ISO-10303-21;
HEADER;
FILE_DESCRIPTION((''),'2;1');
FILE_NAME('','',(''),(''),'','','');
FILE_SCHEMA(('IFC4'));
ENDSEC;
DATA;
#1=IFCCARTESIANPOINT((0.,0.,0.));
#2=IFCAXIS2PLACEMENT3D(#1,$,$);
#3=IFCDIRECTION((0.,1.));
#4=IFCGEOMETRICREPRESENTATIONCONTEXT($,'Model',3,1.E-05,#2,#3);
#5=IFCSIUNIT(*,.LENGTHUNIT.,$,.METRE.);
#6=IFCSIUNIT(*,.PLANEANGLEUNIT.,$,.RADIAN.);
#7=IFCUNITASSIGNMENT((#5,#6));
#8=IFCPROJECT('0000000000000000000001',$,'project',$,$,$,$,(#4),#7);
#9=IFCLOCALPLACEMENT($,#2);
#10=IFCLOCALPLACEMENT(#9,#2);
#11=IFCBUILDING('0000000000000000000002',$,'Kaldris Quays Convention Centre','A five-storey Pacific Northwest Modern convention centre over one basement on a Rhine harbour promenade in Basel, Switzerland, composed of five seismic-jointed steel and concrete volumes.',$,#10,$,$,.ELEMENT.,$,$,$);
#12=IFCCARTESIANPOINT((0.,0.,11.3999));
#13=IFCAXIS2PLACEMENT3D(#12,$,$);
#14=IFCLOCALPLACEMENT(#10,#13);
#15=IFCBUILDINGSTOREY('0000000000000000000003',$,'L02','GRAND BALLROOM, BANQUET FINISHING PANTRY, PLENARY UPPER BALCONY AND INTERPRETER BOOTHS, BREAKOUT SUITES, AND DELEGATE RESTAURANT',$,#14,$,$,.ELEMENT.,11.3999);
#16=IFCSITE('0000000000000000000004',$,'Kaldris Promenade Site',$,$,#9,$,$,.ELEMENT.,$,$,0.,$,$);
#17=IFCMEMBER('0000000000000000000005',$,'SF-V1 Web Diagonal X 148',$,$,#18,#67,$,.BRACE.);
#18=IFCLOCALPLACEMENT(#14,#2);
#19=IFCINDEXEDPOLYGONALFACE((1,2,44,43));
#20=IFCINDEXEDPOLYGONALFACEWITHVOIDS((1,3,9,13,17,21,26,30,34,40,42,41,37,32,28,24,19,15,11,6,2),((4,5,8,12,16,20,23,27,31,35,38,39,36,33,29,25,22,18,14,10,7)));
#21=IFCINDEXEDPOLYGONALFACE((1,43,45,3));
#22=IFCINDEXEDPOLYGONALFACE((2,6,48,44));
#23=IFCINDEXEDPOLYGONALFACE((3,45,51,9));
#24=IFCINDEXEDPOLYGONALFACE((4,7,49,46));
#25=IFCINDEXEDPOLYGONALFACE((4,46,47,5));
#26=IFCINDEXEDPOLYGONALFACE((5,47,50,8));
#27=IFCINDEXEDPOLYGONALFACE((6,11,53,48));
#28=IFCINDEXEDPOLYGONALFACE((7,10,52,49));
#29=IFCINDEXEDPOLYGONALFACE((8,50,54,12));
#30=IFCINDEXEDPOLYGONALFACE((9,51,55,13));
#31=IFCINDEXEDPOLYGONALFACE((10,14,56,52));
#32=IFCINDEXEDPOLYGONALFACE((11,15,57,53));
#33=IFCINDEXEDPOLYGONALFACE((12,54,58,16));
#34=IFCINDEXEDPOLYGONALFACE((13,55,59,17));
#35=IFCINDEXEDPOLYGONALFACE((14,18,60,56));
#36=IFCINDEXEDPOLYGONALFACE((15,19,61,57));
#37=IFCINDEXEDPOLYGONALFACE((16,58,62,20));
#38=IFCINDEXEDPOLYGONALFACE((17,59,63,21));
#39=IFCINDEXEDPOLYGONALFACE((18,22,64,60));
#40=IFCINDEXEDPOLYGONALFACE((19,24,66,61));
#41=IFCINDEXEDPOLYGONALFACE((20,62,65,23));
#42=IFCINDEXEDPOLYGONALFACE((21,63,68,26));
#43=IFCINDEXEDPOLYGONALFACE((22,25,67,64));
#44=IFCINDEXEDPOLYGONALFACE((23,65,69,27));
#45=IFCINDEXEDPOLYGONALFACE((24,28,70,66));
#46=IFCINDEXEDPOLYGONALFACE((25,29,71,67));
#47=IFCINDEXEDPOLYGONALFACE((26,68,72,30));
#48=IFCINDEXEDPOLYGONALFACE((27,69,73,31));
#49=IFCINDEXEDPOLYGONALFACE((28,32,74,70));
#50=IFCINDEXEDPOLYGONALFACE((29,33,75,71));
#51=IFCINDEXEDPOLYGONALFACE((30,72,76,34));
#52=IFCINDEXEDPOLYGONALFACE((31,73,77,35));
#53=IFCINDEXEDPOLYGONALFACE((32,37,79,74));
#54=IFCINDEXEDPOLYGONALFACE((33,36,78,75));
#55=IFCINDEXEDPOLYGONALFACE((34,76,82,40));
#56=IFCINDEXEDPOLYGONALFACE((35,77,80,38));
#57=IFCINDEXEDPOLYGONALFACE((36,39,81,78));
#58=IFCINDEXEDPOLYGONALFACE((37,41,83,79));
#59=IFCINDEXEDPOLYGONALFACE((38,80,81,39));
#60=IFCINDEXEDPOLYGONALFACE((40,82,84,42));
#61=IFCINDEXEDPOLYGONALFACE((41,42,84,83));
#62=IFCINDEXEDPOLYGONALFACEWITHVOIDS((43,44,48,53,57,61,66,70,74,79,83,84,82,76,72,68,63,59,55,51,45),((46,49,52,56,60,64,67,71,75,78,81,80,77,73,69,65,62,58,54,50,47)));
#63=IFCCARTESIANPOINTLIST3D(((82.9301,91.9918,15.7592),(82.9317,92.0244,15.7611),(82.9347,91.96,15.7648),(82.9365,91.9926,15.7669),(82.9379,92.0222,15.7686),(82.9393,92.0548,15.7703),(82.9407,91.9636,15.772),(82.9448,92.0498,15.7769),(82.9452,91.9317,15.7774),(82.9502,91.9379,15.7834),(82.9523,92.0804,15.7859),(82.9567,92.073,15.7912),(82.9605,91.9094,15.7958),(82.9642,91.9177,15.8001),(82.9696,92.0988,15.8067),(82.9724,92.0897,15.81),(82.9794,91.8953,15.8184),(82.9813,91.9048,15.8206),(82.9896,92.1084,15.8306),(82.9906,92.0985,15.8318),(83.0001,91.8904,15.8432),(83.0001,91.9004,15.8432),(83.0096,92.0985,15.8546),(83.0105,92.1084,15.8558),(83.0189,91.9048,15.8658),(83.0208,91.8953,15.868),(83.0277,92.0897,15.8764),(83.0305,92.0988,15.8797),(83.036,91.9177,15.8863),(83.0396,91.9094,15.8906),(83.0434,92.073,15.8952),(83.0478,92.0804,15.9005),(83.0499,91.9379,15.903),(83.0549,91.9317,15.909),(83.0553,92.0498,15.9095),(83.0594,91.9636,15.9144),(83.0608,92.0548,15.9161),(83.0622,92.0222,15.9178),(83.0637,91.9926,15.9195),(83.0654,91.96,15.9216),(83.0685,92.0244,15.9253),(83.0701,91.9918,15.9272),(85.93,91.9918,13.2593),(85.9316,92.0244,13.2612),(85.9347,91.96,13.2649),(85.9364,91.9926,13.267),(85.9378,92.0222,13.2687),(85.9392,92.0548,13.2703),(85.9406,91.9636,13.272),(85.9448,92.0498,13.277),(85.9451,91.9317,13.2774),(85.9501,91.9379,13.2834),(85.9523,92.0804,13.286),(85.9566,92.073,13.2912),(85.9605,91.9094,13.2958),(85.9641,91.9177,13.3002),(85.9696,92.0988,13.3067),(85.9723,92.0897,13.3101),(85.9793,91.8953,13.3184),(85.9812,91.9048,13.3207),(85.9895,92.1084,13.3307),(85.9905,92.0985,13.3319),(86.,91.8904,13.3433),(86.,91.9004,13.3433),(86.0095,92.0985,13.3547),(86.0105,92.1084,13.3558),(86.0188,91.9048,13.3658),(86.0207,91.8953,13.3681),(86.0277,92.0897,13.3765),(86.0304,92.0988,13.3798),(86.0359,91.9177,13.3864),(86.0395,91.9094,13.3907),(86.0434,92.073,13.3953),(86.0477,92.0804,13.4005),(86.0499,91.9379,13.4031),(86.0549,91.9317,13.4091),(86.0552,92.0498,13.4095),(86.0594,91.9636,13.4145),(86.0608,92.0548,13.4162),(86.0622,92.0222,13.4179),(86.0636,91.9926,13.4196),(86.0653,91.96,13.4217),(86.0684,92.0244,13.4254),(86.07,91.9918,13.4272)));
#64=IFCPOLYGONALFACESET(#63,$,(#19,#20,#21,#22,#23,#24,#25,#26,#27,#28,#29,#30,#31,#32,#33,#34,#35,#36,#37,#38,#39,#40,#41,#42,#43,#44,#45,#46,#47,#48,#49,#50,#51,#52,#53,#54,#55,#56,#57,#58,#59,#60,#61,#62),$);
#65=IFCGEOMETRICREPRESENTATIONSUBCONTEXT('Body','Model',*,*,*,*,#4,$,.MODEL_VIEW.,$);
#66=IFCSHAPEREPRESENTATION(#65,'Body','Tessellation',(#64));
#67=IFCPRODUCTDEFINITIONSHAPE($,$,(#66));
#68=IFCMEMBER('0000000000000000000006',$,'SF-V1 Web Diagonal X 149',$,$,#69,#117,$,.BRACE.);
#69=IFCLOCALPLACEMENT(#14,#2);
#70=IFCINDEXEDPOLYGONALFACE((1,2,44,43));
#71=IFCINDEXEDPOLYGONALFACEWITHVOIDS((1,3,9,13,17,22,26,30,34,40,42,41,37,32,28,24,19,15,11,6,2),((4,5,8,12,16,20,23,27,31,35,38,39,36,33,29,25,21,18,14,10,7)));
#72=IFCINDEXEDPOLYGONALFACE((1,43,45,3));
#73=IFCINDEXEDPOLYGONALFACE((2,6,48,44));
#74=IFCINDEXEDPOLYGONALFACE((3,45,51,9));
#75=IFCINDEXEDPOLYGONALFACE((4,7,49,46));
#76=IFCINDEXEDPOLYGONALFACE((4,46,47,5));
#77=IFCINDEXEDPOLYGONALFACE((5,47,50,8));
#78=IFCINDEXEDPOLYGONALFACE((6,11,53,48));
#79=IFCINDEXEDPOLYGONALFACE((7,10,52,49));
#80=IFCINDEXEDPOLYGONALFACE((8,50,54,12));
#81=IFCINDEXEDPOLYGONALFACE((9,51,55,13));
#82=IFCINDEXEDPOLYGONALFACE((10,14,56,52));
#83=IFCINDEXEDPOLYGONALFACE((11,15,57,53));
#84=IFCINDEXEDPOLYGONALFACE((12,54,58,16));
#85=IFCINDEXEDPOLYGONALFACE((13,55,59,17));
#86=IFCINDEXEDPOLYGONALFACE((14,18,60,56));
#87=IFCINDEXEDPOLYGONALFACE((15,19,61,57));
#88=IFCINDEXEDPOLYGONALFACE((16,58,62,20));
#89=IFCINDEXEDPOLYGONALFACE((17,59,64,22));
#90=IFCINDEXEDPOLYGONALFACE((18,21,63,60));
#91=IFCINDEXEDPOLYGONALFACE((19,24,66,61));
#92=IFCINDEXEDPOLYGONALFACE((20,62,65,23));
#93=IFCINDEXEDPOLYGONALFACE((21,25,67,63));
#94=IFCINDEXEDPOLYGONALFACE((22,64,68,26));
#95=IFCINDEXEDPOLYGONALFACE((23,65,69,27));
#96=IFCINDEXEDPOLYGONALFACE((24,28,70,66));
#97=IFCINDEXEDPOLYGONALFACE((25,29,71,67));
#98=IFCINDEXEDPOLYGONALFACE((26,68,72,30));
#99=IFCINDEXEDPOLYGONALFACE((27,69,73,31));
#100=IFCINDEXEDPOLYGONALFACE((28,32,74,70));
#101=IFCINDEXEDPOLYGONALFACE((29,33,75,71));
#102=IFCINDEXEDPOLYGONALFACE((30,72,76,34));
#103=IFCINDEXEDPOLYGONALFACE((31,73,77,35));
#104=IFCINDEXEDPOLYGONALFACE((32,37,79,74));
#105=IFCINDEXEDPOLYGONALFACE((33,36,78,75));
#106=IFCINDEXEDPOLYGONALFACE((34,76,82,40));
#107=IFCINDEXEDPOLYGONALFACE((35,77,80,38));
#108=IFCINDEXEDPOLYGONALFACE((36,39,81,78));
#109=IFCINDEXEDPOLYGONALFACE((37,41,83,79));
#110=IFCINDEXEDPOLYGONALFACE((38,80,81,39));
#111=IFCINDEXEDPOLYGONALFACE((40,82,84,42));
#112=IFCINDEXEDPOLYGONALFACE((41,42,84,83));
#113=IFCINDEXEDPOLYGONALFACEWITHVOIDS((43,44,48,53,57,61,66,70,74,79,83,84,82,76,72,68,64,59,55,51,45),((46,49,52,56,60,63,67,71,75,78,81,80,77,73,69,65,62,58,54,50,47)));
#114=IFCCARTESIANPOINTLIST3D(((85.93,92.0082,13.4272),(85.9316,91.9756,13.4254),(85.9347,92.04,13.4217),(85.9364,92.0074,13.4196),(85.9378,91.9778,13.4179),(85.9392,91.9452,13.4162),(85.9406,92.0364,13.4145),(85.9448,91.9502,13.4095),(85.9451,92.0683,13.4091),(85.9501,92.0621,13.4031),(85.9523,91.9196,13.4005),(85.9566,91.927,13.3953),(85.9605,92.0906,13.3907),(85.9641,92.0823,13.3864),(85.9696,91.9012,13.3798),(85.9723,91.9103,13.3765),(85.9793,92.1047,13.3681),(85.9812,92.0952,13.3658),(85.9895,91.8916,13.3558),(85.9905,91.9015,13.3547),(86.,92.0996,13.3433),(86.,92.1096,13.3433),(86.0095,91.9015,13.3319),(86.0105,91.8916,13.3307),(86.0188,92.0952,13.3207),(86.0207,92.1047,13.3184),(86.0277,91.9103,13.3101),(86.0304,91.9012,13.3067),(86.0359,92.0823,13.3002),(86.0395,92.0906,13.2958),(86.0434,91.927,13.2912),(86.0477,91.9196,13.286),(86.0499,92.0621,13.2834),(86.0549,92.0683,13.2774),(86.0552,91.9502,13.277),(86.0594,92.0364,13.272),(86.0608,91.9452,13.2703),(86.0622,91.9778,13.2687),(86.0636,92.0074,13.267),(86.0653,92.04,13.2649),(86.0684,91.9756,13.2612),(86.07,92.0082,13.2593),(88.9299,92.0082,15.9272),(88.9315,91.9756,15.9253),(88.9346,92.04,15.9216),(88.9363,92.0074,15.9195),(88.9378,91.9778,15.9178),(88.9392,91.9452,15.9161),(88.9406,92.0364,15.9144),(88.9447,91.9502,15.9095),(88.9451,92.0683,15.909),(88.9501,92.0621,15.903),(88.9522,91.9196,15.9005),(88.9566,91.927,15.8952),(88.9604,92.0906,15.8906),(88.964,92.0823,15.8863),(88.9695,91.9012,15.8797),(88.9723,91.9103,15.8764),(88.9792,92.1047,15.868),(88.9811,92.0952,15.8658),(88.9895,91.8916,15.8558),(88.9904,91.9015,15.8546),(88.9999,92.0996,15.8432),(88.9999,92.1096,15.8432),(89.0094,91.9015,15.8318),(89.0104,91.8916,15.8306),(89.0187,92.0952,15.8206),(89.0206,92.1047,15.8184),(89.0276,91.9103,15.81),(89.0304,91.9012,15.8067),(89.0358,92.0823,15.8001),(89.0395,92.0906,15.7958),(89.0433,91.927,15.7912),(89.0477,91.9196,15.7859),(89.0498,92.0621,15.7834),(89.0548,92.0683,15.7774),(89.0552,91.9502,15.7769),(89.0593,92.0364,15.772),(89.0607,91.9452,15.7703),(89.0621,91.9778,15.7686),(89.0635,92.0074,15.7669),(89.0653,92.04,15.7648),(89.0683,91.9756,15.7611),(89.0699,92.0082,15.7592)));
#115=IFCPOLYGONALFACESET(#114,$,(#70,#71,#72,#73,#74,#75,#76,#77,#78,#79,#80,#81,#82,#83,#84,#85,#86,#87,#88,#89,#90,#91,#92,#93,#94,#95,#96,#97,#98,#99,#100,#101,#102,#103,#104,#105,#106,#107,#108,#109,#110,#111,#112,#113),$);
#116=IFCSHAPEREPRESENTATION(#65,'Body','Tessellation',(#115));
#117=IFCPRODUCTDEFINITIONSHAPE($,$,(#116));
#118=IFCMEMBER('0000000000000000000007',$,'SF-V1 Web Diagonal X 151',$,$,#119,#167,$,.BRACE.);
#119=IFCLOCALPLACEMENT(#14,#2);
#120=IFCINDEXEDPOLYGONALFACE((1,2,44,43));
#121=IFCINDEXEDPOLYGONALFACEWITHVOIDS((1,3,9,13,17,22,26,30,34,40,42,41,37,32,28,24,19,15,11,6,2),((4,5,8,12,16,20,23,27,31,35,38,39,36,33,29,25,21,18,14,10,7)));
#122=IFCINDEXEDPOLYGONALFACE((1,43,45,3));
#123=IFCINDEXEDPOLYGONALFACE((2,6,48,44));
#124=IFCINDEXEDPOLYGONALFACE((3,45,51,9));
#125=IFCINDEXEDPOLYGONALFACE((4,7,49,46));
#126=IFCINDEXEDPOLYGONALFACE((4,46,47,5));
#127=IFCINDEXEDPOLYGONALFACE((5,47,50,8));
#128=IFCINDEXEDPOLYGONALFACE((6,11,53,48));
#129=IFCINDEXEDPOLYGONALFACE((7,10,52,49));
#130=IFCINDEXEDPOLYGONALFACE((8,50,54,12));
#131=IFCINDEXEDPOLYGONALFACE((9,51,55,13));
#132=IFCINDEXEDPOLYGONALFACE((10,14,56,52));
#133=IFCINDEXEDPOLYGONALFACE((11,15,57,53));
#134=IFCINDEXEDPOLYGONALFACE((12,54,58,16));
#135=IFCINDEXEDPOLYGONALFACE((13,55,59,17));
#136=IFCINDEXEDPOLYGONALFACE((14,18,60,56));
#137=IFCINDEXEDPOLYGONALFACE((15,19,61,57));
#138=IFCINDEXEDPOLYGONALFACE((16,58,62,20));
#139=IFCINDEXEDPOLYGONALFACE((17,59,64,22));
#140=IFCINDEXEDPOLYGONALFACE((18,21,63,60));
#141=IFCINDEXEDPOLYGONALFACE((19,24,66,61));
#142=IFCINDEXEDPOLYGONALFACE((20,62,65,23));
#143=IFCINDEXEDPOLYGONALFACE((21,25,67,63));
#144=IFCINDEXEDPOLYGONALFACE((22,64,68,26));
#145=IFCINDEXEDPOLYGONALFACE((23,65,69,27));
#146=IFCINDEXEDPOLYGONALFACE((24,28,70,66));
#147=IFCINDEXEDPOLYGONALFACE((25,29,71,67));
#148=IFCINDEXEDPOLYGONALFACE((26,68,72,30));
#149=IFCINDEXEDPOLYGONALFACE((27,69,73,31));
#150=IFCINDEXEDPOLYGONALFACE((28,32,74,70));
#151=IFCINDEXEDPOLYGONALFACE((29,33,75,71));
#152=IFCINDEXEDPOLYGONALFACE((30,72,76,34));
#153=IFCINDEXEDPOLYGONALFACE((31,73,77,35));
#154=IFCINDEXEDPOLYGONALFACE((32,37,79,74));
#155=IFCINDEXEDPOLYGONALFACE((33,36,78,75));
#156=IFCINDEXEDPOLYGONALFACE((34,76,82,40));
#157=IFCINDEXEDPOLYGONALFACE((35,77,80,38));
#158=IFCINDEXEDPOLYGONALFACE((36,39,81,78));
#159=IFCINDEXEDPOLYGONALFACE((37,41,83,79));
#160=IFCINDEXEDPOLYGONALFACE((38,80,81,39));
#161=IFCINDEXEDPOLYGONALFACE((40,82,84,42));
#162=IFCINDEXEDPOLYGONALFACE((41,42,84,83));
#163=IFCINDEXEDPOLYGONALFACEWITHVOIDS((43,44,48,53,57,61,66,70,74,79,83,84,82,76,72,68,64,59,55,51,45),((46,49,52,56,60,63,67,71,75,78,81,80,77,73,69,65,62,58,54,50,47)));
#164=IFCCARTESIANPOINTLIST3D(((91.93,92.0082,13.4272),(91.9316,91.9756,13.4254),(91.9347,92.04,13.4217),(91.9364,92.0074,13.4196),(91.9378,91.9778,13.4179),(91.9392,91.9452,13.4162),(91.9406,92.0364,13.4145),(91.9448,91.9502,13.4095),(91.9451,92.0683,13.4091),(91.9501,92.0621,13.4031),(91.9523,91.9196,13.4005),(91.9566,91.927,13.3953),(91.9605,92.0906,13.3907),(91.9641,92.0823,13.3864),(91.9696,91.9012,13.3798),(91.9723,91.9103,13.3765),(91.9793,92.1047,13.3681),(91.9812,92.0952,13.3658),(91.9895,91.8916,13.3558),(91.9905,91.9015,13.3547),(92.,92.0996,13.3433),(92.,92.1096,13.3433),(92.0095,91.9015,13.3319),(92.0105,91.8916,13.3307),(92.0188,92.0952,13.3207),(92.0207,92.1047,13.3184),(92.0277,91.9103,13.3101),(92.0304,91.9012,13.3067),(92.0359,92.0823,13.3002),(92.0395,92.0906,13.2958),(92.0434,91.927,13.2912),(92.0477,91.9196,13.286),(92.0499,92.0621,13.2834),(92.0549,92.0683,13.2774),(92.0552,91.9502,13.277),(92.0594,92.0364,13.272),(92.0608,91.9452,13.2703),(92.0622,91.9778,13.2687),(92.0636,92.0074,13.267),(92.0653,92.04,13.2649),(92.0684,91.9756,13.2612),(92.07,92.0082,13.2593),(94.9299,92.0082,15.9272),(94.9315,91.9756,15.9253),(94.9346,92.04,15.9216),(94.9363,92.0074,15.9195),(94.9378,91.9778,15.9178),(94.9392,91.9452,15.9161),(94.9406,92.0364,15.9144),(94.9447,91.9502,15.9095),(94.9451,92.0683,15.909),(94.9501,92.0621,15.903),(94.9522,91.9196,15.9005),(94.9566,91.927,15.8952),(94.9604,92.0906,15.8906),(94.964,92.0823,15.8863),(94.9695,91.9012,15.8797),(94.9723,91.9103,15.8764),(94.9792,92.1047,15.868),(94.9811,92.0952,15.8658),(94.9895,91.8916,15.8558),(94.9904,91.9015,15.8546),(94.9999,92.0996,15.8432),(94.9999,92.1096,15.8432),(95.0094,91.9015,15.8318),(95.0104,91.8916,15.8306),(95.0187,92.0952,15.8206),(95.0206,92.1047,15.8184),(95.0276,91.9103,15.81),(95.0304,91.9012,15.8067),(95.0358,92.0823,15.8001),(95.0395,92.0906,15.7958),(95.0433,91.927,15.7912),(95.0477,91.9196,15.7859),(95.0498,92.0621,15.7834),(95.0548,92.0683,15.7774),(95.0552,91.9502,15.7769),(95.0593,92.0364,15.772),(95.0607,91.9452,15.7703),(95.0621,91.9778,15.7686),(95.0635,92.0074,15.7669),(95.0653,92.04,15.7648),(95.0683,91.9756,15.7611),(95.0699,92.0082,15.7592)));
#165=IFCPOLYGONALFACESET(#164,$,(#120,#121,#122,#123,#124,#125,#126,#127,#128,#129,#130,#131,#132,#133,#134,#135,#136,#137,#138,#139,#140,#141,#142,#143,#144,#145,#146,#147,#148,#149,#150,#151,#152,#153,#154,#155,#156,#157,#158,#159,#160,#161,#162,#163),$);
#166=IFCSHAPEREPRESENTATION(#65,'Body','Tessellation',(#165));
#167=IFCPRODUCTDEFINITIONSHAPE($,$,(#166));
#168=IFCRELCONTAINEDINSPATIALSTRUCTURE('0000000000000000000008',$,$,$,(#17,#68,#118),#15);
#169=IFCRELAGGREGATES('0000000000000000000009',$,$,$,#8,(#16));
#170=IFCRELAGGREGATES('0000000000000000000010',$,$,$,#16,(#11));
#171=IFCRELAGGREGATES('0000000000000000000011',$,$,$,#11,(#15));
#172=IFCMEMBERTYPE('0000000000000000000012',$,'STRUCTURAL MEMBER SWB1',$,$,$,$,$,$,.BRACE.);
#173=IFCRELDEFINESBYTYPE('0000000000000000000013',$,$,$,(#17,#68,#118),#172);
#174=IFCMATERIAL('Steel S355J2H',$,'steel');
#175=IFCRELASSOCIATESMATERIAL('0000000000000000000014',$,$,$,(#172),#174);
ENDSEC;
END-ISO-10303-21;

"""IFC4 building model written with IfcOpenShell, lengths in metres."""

from ifc_helpers import new_model, si_unit, direction, frame, origin, origin_2d, place, context, subcontext, project, spatial, hollow_circle, extrude, material, material_profile, profile_set, type_object, element, save


model = new_model("IFC4")

# Units and contexts
model_context = context("Model", 3, precision=1e-05, world=origin(), true_north=direction((0.0, 1.0)))
body_context = subcontext(model_context, "Body", "Model", "MODEL_VIEW")
ifc_project = project(units=[si_unit("LENGTHUNIT", "METRE"), si_unit("PLANEANGLEUNIT", "RADIAN")], contexts=[model_context])

# Site, building, storey
site_placement = place(None, origin())
site = spatial("IfcSite", under=ifc_project, at=site_placement, Name="Kaldris Promenade Site", CompositionType="ELEMENT", RefElevation=0.0)
building_placement = place(site_placement, origin())
building = spatial("IfcBuilding", under=site, at=building_placement, Name="Kaldris Quays Convention Centre", Description="A five-storey Pacific Northwest Modern convention centre over one basement on a Rhine harbour promenade in Basel, Switzerland, composed of five seismic-jointed steel and concrete volumes.", CompositionType="ELEMENT")
storey_placement = place(building_placement, frame((0.0, 0.0, 11.3999)))
storey = spatial("IfcBuildingStorey", under=building, at=storey_placement, Name="L02", Description="GRAND BALLROOM, BANQUET FINISHING PANTRY, PLENARY UPPER BALCONY AND INTERPRETER BOOTHS, BREAKOUT SUITES, AND DELEGATE RESTAURANT", CompositionType="ELEMENT", Elevation=11.3999)

# Members
ifc_material_1 = material(Name="Steel S355J2H", Category="steel")
ifc_material_profile_1 = material_profile(ifc_material_1, hollow_circle(Radius=0.1096, WallThickness=0.01, at=origin_2d()), Name="CHS 219.1x10")
ifc_profile_set_1 = profile_set([ifc_material_profile_1], Name="Steel S355J2H")
member_type_1 = type_object("IfcMemberType", Name="STRUCTURAL MEMBER SWB1", PredefinedType="BRACE", material=ifc_profile_set_1)
for number, where, z_axis, x_axis, name in (
    (1, (86.0, 92.0, 13.3433), (-0.768221, 0.0, 0.640184), (0.0, -1.0, 0.0), "SF-V1 Web Diagonal X 148"),
    (2, (86.0, 92.0, 13.3433), (0.768221, 0.0, 0.640184), (0.0, 1.0, 0.0), "SF-V1 Web Diagonal X 149"),
    (3, (92.0, 92.0, 13.3433), (0.768221, 0.0, 0.640184), (0.0, 1.0, 0.0), "SF-V1 Web Diagonal X 151"),
):
    element("IfcMember", number, at=place(storey_placement, frame(where, z_axis=z_axis, x_axis=x_axis)), inside=storey, type_object=member_type_1, Name=name, PredefinedType="BRACE", context=body_context, shape_type="SweptSolid", body=[
        extrude(hollow_circle(Radius=0.1096, WallThickness=0.01, at=origin_2d()), origin(), (0.0, 0.0, 1.0), 3.905),
    ])

save(model, "model.ifc")
